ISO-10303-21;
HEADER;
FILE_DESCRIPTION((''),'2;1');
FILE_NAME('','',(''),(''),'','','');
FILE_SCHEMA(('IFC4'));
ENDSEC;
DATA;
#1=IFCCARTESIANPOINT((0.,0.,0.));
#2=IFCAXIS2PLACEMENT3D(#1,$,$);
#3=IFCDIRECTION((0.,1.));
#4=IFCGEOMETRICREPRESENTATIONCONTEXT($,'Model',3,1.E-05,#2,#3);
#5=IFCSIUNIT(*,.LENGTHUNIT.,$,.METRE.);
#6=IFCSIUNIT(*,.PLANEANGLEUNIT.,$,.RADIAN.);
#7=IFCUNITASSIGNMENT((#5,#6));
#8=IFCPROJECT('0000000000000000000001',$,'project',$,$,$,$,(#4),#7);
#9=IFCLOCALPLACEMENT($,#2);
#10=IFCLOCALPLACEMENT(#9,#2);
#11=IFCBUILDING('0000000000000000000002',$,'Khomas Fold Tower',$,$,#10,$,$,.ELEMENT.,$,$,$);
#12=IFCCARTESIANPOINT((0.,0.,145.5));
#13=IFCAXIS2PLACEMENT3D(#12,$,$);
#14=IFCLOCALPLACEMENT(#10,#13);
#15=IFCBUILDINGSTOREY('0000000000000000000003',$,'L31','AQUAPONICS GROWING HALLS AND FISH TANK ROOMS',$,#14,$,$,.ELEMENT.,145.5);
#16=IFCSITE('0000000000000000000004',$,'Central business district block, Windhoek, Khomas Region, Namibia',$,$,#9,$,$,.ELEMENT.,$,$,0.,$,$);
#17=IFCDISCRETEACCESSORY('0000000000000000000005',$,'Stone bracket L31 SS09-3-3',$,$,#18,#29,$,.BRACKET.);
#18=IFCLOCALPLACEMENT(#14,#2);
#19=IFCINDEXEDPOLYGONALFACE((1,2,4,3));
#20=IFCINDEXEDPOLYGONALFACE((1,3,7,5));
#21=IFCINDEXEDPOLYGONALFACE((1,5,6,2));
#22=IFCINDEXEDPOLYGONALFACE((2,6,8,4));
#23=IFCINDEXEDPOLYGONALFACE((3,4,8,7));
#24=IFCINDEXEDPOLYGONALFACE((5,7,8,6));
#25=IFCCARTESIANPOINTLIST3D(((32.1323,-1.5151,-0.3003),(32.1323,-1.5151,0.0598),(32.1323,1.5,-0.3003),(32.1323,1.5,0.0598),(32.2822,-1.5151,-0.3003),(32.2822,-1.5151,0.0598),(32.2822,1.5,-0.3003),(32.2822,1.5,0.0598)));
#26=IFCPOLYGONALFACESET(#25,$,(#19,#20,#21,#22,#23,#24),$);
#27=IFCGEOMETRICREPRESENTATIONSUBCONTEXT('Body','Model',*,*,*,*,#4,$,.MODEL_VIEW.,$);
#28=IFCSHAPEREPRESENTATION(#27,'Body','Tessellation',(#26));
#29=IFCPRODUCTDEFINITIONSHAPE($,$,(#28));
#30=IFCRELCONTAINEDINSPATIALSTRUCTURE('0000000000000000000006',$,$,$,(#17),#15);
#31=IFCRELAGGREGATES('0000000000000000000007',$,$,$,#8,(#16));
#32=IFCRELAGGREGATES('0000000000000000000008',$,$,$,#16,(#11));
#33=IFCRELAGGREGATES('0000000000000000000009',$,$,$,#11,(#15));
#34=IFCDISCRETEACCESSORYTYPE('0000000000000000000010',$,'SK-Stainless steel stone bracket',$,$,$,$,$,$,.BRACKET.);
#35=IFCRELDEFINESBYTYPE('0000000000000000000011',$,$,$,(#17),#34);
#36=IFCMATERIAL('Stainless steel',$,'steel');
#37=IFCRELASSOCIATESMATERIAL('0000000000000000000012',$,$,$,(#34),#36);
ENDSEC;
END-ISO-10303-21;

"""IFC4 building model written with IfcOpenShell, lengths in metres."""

from ifc_helpers import new_model, si_unit, direction, frame, origin, origin_2d, place, context, subcontext, project, spatial, rectangle, extrude, source, transform, mapped, material, type_object, element, save


model = new_model("IFC4")

# Units and contexts
model_context = context("Model", 3, precision=1e-05, world=origin(), true_north=direction((0.0, 1.0)))
body_context = subcontext(model_context, "Body", "Model", "MODEL_VIEW")
ifc_project = project(units=[si_unit("LENGTHUNIT", "METRE"), si_unit("PLANEANGLEUNIT", "RADIAN")], contexts=[model_context])

# Site, building, storey
site_placement = place(None, origin())
site = spatial("IfcSite", under=ifc_project, at=site_placement, Name="Central business district block, Windhoek, Khomas Region, Namibia", CompositionType="ELEMENT", RefElevation=0.0)
building_placement = place(site_placement, origin())
building = spatial("IfcBuilding", under=site, at=building_placement, Name="Khomas Fold Tower", CompositionType="ELEMENT")
storey_placement = place(building_placement, frame((0.0, 0.0, 145.5)))
storey = spatial("IfcBuildingStorey", under=building, at=storey_placement, Name="L31", Description="AQUAPONICS GROWING HALLS AND FISH TANK ROOMS", CompositionType="ELEMENT", Elevation=145.5)

# Discrete accessory
ifc_material_1 = material(Name="Stainless steel", Category="steel")
discrete_accessory_type = type_object("IfcDiscreteAccessoryType", Name="SK-Stainless steel stone bracket", PredefinedType="BRACKET", material=ifc_material_1)
shared_shape_1 = source(origin(), body_context, "Body", "SweptSolid", [
    extrude(rectangle(XDim=3.0151, YDim=0.1499, at=origin_2d()), origin(), (0.0, 0.0, 1.0), 0.3601),
])
discrete_accessory_placement = place(storey_placement, frame((32.2073, -0.0076, -0.3003), z_axis=(0.0, 0.0, 1.0), x_axis=(0.0, -1.0, 0.0)))
element("IfcDiscreteAccessory", 1, at=discrete_accessory_placement, inside=storey, type_object=discrete_accessory_type, Name="Stone bracket L31 SS09-3-3", PredefinedType="BRACKET", context=body_context, shape_type="MappedRepresentation", body=[
    mapped(shared_shape_1, transform((0.0, 0.0, 0.0))),
])

save(model, "model.ifc")
